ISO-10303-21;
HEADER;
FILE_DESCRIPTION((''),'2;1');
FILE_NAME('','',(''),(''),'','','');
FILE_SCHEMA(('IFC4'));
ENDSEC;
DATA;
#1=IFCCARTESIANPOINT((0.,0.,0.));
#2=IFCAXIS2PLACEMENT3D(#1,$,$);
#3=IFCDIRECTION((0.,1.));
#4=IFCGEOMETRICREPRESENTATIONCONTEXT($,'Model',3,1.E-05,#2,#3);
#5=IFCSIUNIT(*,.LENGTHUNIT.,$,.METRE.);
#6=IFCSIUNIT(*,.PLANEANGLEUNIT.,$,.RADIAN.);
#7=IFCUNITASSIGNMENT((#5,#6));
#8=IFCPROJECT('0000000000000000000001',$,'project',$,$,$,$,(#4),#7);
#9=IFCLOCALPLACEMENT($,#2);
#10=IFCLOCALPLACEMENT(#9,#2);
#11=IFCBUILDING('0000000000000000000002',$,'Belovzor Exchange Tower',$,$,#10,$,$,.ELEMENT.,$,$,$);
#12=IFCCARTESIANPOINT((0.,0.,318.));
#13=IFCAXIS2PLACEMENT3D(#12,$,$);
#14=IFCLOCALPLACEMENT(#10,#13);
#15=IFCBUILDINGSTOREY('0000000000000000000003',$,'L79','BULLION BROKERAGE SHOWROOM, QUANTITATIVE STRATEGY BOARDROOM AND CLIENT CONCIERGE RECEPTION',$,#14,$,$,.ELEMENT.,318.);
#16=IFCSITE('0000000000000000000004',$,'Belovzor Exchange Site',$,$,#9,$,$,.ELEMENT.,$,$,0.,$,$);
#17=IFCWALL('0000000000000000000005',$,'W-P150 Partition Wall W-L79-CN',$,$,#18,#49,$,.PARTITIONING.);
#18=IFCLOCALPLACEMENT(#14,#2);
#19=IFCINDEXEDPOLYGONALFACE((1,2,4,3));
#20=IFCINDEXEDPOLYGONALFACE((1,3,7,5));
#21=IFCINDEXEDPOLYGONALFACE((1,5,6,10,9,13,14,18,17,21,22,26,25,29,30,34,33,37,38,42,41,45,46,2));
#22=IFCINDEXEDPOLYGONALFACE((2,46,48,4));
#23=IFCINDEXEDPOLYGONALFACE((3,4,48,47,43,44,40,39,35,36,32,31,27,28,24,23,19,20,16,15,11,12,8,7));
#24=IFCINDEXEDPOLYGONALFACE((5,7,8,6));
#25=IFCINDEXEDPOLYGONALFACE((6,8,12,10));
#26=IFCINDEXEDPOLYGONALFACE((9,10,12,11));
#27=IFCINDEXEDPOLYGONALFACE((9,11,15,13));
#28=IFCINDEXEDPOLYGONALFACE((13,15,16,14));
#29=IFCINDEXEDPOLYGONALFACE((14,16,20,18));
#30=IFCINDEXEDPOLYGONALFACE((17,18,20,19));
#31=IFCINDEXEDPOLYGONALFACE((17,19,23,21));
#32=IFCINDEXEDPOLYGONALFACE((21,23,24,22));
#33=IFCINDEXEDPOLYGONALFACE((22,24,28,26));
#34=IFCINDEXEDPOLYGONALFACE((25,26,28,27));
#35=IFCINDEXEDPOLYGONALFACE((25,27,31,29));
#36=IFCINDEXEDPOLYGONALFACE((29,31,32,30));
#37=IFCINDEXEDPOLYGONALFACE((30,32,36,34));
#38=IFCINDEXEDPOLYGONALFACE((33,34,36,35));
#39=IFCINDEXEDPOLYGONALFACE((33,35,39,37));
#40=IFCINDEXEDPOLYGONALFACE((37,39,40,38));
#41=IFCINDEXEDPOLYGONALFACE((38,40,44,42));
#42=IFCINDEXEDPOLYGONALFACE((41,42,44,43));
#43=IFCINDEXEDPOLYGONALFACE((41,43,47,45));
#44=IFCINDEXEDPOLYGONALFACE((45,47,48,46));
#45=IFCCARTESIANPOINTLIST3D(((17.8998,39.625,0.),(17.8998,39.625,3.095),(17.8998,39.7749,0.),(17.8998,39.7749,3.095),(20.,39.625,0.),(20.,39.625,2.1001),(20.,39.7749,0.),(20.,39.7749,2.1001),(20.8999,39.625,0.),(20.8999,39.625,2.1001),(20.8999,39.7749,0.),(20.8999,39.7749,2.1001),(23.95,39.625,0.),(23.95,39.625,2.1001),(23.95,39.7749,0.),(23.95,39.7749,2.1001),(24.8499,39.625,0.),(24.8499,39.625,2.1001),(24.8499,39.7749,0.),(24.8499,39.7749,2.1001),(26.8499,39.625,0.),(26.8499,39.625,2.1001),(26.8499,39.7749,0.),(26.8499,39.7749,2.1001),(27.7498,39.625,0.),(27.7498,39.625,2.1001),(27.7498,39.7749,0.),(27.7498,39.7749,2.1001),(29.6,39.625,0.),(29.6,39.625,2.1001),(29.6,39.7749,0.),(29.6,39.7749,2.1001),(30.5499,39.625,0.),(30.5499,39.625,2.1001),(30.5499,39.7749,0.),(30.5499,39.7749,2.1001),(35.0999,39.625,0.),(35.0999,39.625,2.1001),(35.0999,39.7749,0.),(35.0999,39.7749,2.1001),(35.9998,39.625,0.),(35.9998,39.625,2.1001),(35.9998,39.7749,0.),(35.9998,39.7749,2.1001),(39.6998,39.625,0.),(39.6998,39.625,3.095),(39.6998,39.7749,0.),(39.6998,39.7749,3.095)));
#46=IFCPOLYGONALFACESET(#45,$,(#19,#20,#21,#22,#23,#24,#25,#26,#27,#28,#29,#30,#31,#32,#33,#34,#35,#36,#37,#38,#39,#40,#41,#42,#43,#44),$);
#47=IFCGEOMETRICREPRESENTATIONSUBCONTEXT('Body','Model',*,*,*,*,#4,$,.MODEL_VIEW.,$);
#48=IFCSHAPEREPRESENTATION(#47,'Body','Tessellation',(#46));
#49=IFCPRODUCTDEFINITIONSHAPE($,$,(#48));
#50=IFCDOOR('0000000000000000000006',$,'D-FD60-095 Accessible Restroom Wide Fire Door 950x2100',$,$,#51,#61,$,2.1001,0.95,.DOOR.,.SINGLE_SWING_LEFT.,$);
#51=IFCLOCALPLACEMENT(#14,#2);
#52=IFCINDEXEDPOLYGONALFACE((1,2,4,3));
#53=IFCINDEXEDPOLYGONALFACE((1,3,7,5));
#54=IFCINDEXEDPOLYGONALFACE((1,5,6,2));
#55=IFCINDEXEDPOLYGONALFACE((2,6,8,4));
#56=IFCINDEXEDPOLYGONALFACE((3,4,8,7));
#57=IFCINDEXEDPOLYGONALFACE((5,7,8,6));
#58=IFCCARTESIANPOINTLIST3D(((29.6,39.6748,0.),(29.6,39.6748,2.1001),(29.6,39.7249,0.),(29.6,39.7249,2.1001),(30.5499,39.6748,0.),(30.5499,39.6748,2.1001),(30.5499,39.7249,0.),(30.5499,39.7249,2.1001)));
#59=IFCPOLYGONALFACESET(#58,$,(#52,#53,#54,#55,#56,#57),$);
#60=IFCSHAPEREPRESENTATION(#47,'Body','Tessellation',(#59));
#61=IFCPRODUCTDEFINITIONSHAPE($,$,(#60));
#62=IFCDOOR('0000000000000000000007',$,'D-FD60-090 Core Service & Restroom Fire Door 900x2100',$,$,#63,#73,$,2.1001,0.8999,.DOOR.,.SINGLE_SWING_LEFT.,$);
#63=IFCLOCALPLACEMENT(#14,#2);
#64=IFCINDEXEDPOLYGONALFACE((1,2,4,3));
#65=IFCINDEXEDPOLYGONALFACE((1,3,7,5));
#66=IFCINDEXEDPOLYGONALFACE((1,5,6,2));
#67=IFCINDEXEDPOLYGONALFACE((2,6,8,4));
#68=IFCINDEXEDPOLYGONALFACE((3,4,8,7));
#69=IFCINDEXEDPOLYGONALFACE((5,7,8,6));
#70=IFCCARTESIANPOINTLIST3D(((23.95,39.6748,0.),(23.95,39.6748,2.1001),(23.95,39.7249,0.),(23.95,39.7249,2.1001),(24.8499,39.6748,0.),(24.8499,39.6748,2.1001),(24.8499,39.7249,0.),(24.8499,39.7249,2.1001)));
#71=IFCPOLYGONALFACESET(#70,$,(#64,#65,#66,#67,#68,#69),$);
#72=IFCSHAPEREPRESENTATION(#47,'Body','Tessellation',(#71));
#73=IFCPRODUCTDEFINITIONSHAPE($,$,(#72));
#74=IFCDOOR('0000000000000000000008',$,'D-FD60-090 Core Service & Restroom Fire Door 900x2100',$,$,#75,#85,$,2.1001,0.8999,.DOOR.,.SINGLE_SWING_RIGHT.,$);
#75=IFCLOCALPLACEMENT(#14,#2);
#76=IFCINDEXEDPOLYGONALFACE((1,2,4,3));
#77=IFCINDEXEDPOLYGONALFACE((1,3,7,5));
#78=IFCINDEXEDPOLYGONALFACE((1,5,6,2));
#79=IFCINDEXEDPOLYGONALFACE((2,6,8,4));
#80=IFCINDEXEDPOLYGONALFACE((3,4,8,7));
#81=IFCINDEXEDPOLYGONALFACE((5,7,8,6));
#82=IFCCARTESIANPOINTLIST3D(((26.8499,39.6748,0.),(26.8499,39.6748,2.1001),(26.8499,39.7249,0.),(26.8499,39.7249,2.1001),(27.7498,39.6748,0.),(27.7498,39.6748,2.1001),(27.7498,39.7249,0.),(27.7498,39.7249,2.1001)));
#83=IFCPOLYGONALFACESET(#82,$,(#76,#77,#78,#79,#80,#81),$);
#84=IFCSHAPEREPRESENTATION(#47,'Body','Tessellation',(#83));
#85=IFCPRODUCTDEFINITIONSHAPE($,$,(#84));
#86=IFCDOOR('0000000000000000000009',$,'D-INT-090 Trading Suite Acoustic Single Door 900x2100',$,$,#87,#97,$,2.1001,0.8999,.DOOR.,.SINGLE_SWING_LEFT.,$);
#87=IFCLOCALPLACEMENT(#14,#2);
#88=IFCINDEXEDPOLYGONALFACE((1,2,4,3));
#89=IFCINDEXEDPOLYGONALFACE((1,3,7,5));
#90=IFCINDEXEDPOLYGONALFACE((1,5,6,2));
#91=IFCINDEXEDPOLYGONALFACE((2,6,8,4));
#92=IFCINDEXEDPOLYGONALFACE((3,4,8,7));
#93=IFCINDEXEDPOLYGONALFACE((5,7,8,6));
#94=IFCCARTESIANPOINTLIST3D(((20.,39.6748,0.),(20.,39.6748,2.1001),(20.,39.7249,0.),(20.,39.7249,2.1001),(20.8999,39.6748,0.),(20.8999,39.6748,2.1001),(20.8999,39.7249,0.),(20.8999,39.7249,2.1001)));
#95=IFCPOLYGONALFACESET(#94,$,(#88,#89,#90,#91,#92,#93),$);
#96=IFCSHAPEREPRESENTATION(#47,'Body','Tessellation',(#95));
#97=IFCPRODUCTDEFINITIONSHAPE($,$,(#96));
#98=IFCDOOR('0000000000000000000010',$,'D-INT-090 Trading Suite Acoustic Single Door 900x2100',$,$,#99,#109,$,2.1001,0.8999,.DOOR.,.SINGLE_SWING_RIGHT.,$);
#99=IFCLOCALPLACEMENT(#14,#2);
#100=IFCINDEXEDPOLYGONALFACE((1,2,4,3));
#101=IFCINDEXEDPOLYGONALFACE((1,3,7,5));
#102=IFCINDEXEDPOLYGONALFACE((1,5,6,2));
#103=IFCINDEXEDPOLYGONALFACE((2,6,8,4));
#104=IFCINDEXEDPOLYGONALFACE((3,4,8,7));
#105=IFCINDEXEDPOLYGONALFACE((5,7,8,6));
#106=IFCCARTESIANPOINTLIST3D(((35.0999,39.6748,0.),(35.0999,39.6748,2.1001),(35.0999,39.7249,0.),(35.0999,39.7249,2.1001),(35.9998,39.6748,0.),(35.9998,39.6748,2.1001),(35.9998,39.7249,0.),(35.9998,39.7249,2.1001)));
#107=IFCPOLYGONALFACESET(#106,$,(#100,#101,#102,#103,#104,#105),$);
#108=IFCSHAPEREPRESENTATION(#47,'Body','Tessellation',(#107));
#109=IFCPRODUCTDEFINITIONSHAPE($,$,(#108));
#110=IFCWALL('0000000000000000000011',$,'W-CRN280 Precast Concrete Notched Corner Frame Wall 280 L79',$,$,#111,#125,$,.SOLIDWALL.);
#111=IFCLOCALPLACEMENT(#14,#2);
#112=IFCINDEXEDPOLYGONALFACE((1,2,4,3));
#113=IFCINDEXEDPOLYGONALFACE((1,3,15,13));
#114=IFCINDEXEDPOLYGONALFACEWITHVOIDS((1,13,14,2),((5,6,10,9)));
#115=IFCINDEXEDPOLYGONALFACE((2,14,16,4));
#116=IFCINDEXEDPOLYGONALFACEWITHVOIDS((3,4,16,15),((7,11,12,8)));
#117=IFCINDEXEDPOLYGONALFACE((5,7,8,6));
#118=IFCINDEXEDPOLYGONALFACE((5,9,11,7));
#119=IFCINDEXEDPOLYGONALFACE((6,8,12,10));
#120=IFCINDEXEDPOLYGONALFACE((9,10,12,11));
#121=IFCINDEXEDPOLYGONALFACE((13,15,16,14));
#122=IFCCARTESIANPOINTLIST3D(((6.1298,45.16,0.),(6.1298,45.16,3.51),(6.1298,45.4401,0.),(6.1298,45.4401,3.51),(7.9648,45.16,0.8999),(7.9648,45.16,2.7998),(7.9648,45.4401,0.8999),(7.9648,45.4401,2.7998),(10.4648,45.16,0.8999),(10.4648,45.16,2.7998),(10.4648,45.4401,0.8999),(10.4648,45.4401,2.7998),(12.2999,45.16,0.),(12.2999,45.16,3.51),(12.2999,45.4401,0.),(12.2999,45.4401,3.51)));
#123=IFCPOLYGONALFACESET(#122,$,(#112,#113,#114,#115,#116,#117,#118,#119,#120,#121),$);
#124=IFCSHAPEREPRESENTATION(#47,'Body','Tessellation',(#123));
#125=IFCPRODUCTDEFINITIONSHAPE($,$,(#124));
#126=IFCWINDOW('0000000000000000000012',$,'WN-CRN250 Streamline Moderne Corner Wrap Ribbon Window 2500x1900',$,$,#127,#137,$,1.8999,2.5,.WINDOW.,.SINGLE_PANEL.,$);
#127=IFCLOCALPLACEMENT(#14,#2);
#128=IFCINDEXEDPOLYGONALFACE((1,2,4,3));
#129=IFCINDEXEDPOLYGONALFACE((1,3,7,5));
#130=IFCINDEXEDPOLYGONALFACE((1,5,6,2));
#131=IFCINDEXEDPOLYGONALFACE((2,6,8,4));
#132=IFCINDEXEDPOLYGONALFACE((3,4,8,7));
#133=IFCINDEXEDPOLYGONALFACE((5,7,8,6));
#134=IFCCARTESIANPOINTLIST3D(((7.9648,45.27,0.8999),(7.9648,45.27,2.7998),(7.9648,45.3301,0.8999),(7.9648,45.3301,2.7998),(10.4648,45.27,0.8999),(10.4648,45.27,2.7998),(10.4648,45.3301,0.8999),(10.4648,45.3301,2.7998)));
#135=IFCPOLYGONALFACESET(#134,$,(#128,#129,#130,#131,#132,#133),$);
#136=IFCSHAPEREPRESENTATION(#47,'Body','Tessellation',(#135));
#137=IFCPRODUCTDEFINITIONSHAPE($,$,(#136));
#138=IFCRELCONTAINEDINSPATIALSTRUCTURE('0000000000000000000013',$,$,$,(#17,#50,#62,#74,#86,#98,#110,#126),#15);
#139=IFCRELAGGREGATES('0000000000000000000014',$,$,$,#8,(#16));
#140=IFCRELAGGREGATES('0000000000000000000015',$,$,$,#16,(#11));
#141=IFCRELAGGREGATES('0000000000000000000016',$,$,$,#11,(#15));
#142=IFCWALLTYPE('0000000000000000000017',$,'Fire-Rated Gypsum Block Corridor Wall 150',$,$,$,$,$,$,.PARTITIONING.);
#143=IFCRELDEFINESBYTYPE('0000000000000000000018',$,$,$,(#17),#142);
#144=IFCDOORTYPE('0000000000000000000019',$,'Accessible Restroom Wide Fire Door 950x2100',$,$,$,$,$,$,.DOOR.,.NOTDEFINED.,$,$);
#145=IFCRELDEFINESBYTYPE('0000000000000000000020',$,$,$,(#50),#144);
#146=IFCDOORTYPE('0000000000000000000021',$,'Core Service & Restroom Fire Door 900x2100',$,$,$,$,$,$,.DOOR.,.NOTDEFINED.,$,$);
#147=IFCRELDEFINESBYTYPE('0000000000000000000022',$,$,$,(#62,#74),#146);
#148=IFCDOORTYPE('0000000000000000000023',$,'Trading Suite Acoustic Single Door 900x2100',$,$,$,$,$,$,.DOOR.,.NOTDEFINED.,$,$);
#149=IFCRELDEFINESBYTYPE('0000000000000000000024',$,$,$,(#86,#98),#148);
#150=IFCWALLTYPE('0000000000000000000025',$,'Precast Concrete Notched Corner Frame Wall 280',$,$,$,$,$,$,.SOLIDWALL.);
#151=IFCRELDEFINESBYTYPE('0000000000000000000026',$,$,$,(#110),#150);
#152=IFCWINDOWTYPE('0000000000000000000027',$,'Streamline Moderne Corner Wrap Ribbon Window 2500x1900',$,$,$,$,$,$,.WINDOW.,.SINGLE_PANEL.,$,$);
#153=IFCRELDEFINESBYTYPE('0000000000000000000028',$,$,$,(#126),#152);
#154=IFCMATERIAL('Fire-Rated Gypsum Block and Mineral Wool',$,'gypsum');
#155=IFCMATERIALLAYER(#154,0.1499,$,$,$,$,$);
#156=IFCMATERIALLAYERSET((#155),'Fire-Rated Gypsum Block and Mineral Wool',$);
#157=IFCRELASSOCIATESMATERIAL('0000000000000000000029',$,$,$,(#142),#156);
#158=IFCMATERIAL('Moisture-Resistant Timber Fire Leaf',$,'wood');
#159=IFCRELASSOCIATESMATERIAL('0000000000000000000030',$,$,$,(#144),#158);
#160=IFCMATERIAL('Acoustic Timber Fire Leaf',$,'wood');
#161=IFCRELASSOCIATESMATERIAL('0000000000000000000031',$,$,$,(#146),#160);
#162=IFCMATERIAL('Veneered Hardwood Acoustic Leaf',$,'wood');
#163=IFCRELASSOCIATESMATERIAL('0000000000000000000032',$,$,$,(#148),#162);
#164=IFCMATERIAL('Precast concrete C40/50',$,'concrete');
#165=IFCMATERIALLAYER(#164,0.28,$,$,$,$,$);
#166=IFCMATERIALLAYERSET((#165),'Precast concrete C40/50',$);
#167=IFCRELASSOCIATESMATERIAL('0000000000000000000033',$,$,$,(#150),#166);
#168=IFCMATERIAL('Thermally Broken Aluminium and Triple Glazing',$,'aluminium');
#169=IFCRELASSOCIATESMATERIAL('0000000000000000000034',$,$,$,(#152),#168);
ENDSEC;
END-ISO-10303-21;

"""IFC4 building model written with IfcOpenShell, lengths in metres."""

from ifc_helpers import new_model, si_unit, direction, frame, frame_2d, origin, place, context, subcontext, project, spatial, rectangle, extrude, material, layer, layer_set, type_object, element, fill, save


model = new_model("IFC4")

# Units and contexts
model_context = context("Model", 3, precision=1e-05, world=origin(), true_north=direction((0.0, 1.0)))
body_context = subcontext(model_context, "Body", "Model", "MODEL_VIEW")
ifc_project = project(units=[si_unit("LENGTHUNIT", "METRE"), si_unit("PLANEANGLEUNIT", "RADIAN")], contexts=[model_context])

# Site, building, storey
site_placement = place(None, origin())
site = spatial("IfcSite", under=ifc_project, at=site_placement, Name="Belovzor Exchange Site", CompositionType="ELEMENT", RefElevation=0.0)
building_placement = place(site_placement, origin())
building = spatial("IfcBuilding", under=site, at=building_placement, Name="Belovzor Exchange Tower", CompositionType="ELEMENT")
storey_placement = place(building_placement, frame((0.0, 0.0, 318.0)))
storey = spatial("IfcBuildingStorey", under=building, at=storey_placement, Name="L79", Description="BULLION BROKERAGE SHOWROOM, QUANTITATIVE STRATEGY BOARDROOM AND CLIENT CONCIERGE RECEPTION", CompositionType="ELEMENT", Elevation=318.0)

# Wall, openings, doors
ifc_material_1 = material(Name="Fire-Rated Gypsum Block and Mineral Wool", Category="gypsum")
ifc_layer_1 = layer(ifc_material_1, 0.1499)
ifc_layer_set_1 = layer_set([ifc_layer_1], Name="Fire-Rated Gypsum Block and Mineral Wool")
wall_type_1 = type_object("IfcWallType", Name="Fire-Rated Gypsum Block Corridor Wall 150", PredefinedType="PARTITIONING", material=ifc_layer_set_1)
wall_1_placement = place(storey_placement, frame((17.8999, 39.7, 0.0), z_axis=(0.0, 0.0, 1.0), x_axis=(1.0, 0.0, 0.0)))
wall_1 = element("IfcWall", 1, at=wall_1_placement, inside=storey, type_object=wall_type_1, Name="W-P150 Partition Wall W-L79-CN", PredefinedType="PARTITIONING", context=body_context, shape_type="SweptSolid", body=[
    extrude(rectangle(XDim=21.8, YDim=0.1499, at=frame_2d((10.8999, 0.0))), origin(), (0.0, 0.0, 1.0), 3.095),
])
opening_1_placement = place(wall_1_placement, frame((2.1001, 0.0, 0.0)))
opening_1 = element("IfcOpeningElement", 2, at=opening_1_placement, cuts=wall_1, PredefinedType="OPENING", context=body_context, shape_type="SweptSolid", body=[
    extrude(rectangle(XDim=0.8999, YDim=2.1001, at=frame_2d((0.45, 1.05))), frame((0.0, 0.085, 0.0), z_axis=(0.0, -1.0, 0.0), x_axis=(1.0, 0.0, 0.0)), (0.0, 0.0, 1.0), 0.1699),
])
opening_2_placement = place(wall_1_placement, frame((6.05, 0.0, 0.0)))
opening_2 = element("IfcOpeningElement", 3, at=opening_2_placement, cuts=wall_1, PredefinedType="OPENING", context=body_context, shape_type="SweptSolid", body=[
    extrude(rectangle(XDim=0.8999, YDim=2.1001, at=frame_2d((0.45, 1.05))), frame((0.0, 0.085, 0.0), z_axis=(0.0, -1.0, 0.0), x_axis=(1.0, 0.0, 0.0)), (0.0, 0.0, 1.0), 0.1699),
])
opening_3_placement = place(wall_1_placement, frame((8.95, 0.0, 0.0)))
opening_3 = element("IfcOpeningElement", 4, at=opening_3_placement, cuts=wall_1, PredefinedType="OPENING", context=body_context, shape_type="SweptSolid", body=[
    extrude(rectangle(XDim=0.8999, YDim=2.1001, at=frame_2d((0.45, 1.05))), frame((0.0, 0.085, 0.0), z_axis=(0.0, -1.0, 0.0), x_axis=(1.0, 0.0, 0.0)), (0.0, 0.0, 1.0), 0.1699),
])
opening_4_placement = place(wall_1_placement, frame((11.7, 0.0, 0.0)))
opening_4 = element("IfcOpeningElement", 5, at=opening_4_placement, cuts=wall_1, PredefinedType="OPENING", context=body_context, shape_type="SweptSolid", body=[
    extrude(rectangle(XDim=0.95, YDim=2.1001, at=frame_2d((0.4751, 1.05))), frame((0.0, 0.085, 0.0), z_axis=(0.0, -1.0, 0.0), x_axis=(1.0, 0.0, 0.0)), (0.0, 0.0, 1.0), 0.1699),
])
opening_5_placement = place(wall_1_placement, frame((17.2, 0.0, 0.0)))
opening_5 = element("IfcOpeningElement", 6, at=opening_5_placement, cuts=wall_1, PredefinedType="OPENING", context=body_context, shape_type="SweptSolid", body=[
    extrude(rectangle(XDim=0.8999, YDim=2.1001, at=frame_2d((0.45, 1.05))), frame((0.0, 0.085, 0.0), z_axis=(0.0, -1.0, 0.0), x_axis=(1.0, 0.0, 0.0)), (0.0, 0.0, 1.0), 0.1699),
])
ifc_material_2 = material(Name="Moisture-Resistant Timber Fire Leaf", Category="wood")
door_type_1 = type_object("IfcDoorType", Name="Accessible Restroom Wide Fire Door 950x2100", OperationType="NOTDEFINED", PredefinedType="DOOR", material=ifc_material_2)
door_1_placement = place(opening_4_placement, origin())
door_1 = element("IfcDoor", 7, at=door_1_placement, inside=storey, type_object=door_type_1, Name="D-FD60-095 Accessible Restroom Wide Fire Door 950x2100", OperationType="SINGLE_SWING_LEFT", OverallHeight=2.1001, OverallWidth=0.95, PredefinedType="DOOR", context=body_context, shape_type="SweptSolid", body=[
    extrude(rectangle(XDim=0.95, YDim=2.1001, at=frame_2d((0.4751, 1.05))), frame((0.0, 0.0249, 0.0), z_axis=(0.0, -1.0, 0.0), x_axis=(1.0, 0.0, 0.0)), (0.0, 0.0, 1.0), 0.05),
])
fill(opening_4, door_1)
ifc_material_3 = material(Name="Acoustic Timber Fire Leaf", Category="wood")
door_type_2 = type_object("IfcDoorType", Name="Core Service & Restroom Fire Door 900x2100", OperationType="NOTDEFINED", PredefinedType="DOOR", material=ifc_material_3)
door_2_placement = place(opening_2_placement, origin())
door_2 = element("IfcDoor", 8, at=door_2_placement, inside=storey, type_object=door_type_2, Name="D-FD60-090 Core Service & Restroom Fire Door 900x2100", OperationType="SINGLE_SWING_LEFT", OverallHeight=2.1001, OverallWidth=0.8999, PredefinedType="DOOR", context=body_context, shape_type="SweptSolid", body=[
    extrude(rectangle(XDim=0.8999, YDim=2.1001, at=frame_2d((0.45, 1.05))), frame((0.0, 0.0249, 0.0), z_axis=(0.0, -1.0, 0.0), x_axis=(1.0, 0.0, 0.0)), (0.0, 0.0, 1.0), 0.05),
])
fill(opening_2, door_2)
door_3_placement = place(opening_3_placement, origin())
door_3 = element("IfcDoor", 9, at=door_3_placement, inside=storey, type_object=door_type_2, Name="D-FD60-090 Core Service & Restroom Fire Door 900x2100", OperationType="SINGLE_SWING_RIGHT", OverallHeight=2.1001, OverallWidth=0.8999, PredefinedType="DOOR", context=body_context, shape_type="SweptSolid", body=[
    extrude(rectangle(XDim=0.8999, YDim=2.1001, at=frame_2d((0.45, 1.05))), frame((0.0, 0.0249, 0.0), z_axis=(0.0, -1.0, 0.0), x_axis=(1.0, 0.0, 0.0)), (0.0, 0.0, 1.0), 0.05),
])
fill(opening_3, door_3)
ifc_material_4 = material(Name="Veneered Hardwood Acoustic Leaf", Category="wood")
door_type_3 = type_object("IfcDoorType", Name="Trading Suite Acoustic Single Door 900x2100", OperationType="NOTDEFINED", PredefinedType="DOOR", material=ifc_material_4)
door_4_placement = place(opening_1_placement, origin())
door_4 = element("IfcDoor", 10, at=door_4_placement, inside=storey, type_object=door_type_3, Name="D-INT-090 Trading Suite Acoustic Single Door 900x2100", OperationType="SINGLE_SWING_LEFT", OverallHeight=2.1001, OverallWidth=0.8999, PredefinedType="DOOR", context=body_context, shape_type="SweptSolid", body=[
    extrude(rectangle(XDim=0.8999, YDim=2.1001, at=frame_2d((0.45, 1.05))), frame((0.0, 0.0249, 0.0), z_axis=(0.0, -1.0, 0.0), x_axis=(1.0, 0.0, 0.0)), (0.0, 0.0, 1.0), 0.05),
])
fill(opening_1, door_4)
door_5_placement = place(opening_5_placement, origin())
door_5 = element("IfcDoor", 11, at=door_5_placement, inside=storey, type_object=door_type_3, Name="D-INT-090 Trading Suite Acoustic Single Door 900x2100", OperationType="SINGLE_SWING_RIGHT", OverallHeight=2.1001, OverallWidth=0.8999, PredefinedType="DOOR", context=body_context, shape_type="SweptSolid", body=[
    extrude(rectangle(XDim=0.8999, YDim=2.1001, at=frame_2d((0.45, 1.05))), frame((0.0, 0.0249, 0.0), z_axis=(0.0, -1.0, 0.0), x_axis=(1.0, 0.0, 0.0)), (0.0, 0.0, 1.0), 0.05),
])
fill(opening_5, door_5)

# Wall, opening, window
ifc_material_5 = material(Name="Precast concrete C40/50", Category="concrete")
ifc_layer_2 = layer(ifc_material_5, 0.28)
ifc_layer_set_2 = layer_set([ifc_layer_2], Name="Precast concrete C40/50")
wall_type_2 = type_object("IfcWallType", Name="Precast Concrete Notched Corner Frame Wall 280", PredefinedType="SOLIDWALL", material=ifc_layer_set_2)
wall_2_placement = place(storey_placement, frame((6.1299, 45.3, 0.0), z_axis=(0.0, 0.0, 1.0), x_axis=(1.0, 0.0, 0.0)))
wall_2 = element("IfcWall", 12, at=wall_2_placement, inside=storey, type_object=wall_type_2, Name="W-CRN280 Precast Concrete Notched Corner Frame Wall 280 L79", PredefinedType="SOLIDWALL", context=body_context, shape_type="SweptSolid", body=[
    extrude(rectangle(XDim=6.1702, YDim=0.28, at=frame_2d((3.085, 0.0))), origin(), (0.0, 0.0, 1.0), 3.51),
])
opening_6_placement = place(wall_2_placement, frame((1.835, 0.0, 0.8999)))
opening_6 = element("IfcOpeningElement", 13, at=opening_6_placement, cuts=wall_2, PredefinedType="OPENING", context=body_context, shape_type="SweptSolid", body=[
    extrude(rectangle(XDim=2.5, YDim=1.8999, at=frame_2d((1.25, 0.95))), frame((0.0, 0.1499, 0.0), z_axis=(0.0, -1.0, 0.0), x_axis=(1.0, 0.0, 0.0)), (0.0, 0.0, 1.0), 0.3),
])
ifc_material_6 = material(Name="Thermally Broken Aluminium and Triple Glazing", Category="aluminium")
window_type = type_object("IfcWindowType", Name="Streamline Moderne Corner Wrap Ribbon Window 2500x1900", PartitioningType="SINGLE_PANEL", PredefinedType="WINDOW", material=ifc_material_6)
window_1_placement = place(opening_6_placement, origin())
window_1 = element("IfcWindow", 14, at=window_1_placement, inside=storey, type_object=window_type, Name="WN-CRN250 Streamline Moderne Corner Wrap Ribbon Window 2500x1900", OverallHeight=1.8999, OverallWidth=2.5, PartitioningType="SINGLE_PANEL", PredefinedType="WINDOW", context=body_context, shape_type="SweptSolid", body=[
    extrude(rectangle(XDim=2.5, YDim=1.8999, at=frame_2d((1.25, 0.95))), frame((0.0, 0.03, 0.0), z_axis=(0.0, -1.0, 0.0), x_axis=(1.0, 0.0, 0.0)), (0.0, 0.0, 1.0), 0.0601),
])
fill(opening_6, window_1)

save(model, "model.ifc")
